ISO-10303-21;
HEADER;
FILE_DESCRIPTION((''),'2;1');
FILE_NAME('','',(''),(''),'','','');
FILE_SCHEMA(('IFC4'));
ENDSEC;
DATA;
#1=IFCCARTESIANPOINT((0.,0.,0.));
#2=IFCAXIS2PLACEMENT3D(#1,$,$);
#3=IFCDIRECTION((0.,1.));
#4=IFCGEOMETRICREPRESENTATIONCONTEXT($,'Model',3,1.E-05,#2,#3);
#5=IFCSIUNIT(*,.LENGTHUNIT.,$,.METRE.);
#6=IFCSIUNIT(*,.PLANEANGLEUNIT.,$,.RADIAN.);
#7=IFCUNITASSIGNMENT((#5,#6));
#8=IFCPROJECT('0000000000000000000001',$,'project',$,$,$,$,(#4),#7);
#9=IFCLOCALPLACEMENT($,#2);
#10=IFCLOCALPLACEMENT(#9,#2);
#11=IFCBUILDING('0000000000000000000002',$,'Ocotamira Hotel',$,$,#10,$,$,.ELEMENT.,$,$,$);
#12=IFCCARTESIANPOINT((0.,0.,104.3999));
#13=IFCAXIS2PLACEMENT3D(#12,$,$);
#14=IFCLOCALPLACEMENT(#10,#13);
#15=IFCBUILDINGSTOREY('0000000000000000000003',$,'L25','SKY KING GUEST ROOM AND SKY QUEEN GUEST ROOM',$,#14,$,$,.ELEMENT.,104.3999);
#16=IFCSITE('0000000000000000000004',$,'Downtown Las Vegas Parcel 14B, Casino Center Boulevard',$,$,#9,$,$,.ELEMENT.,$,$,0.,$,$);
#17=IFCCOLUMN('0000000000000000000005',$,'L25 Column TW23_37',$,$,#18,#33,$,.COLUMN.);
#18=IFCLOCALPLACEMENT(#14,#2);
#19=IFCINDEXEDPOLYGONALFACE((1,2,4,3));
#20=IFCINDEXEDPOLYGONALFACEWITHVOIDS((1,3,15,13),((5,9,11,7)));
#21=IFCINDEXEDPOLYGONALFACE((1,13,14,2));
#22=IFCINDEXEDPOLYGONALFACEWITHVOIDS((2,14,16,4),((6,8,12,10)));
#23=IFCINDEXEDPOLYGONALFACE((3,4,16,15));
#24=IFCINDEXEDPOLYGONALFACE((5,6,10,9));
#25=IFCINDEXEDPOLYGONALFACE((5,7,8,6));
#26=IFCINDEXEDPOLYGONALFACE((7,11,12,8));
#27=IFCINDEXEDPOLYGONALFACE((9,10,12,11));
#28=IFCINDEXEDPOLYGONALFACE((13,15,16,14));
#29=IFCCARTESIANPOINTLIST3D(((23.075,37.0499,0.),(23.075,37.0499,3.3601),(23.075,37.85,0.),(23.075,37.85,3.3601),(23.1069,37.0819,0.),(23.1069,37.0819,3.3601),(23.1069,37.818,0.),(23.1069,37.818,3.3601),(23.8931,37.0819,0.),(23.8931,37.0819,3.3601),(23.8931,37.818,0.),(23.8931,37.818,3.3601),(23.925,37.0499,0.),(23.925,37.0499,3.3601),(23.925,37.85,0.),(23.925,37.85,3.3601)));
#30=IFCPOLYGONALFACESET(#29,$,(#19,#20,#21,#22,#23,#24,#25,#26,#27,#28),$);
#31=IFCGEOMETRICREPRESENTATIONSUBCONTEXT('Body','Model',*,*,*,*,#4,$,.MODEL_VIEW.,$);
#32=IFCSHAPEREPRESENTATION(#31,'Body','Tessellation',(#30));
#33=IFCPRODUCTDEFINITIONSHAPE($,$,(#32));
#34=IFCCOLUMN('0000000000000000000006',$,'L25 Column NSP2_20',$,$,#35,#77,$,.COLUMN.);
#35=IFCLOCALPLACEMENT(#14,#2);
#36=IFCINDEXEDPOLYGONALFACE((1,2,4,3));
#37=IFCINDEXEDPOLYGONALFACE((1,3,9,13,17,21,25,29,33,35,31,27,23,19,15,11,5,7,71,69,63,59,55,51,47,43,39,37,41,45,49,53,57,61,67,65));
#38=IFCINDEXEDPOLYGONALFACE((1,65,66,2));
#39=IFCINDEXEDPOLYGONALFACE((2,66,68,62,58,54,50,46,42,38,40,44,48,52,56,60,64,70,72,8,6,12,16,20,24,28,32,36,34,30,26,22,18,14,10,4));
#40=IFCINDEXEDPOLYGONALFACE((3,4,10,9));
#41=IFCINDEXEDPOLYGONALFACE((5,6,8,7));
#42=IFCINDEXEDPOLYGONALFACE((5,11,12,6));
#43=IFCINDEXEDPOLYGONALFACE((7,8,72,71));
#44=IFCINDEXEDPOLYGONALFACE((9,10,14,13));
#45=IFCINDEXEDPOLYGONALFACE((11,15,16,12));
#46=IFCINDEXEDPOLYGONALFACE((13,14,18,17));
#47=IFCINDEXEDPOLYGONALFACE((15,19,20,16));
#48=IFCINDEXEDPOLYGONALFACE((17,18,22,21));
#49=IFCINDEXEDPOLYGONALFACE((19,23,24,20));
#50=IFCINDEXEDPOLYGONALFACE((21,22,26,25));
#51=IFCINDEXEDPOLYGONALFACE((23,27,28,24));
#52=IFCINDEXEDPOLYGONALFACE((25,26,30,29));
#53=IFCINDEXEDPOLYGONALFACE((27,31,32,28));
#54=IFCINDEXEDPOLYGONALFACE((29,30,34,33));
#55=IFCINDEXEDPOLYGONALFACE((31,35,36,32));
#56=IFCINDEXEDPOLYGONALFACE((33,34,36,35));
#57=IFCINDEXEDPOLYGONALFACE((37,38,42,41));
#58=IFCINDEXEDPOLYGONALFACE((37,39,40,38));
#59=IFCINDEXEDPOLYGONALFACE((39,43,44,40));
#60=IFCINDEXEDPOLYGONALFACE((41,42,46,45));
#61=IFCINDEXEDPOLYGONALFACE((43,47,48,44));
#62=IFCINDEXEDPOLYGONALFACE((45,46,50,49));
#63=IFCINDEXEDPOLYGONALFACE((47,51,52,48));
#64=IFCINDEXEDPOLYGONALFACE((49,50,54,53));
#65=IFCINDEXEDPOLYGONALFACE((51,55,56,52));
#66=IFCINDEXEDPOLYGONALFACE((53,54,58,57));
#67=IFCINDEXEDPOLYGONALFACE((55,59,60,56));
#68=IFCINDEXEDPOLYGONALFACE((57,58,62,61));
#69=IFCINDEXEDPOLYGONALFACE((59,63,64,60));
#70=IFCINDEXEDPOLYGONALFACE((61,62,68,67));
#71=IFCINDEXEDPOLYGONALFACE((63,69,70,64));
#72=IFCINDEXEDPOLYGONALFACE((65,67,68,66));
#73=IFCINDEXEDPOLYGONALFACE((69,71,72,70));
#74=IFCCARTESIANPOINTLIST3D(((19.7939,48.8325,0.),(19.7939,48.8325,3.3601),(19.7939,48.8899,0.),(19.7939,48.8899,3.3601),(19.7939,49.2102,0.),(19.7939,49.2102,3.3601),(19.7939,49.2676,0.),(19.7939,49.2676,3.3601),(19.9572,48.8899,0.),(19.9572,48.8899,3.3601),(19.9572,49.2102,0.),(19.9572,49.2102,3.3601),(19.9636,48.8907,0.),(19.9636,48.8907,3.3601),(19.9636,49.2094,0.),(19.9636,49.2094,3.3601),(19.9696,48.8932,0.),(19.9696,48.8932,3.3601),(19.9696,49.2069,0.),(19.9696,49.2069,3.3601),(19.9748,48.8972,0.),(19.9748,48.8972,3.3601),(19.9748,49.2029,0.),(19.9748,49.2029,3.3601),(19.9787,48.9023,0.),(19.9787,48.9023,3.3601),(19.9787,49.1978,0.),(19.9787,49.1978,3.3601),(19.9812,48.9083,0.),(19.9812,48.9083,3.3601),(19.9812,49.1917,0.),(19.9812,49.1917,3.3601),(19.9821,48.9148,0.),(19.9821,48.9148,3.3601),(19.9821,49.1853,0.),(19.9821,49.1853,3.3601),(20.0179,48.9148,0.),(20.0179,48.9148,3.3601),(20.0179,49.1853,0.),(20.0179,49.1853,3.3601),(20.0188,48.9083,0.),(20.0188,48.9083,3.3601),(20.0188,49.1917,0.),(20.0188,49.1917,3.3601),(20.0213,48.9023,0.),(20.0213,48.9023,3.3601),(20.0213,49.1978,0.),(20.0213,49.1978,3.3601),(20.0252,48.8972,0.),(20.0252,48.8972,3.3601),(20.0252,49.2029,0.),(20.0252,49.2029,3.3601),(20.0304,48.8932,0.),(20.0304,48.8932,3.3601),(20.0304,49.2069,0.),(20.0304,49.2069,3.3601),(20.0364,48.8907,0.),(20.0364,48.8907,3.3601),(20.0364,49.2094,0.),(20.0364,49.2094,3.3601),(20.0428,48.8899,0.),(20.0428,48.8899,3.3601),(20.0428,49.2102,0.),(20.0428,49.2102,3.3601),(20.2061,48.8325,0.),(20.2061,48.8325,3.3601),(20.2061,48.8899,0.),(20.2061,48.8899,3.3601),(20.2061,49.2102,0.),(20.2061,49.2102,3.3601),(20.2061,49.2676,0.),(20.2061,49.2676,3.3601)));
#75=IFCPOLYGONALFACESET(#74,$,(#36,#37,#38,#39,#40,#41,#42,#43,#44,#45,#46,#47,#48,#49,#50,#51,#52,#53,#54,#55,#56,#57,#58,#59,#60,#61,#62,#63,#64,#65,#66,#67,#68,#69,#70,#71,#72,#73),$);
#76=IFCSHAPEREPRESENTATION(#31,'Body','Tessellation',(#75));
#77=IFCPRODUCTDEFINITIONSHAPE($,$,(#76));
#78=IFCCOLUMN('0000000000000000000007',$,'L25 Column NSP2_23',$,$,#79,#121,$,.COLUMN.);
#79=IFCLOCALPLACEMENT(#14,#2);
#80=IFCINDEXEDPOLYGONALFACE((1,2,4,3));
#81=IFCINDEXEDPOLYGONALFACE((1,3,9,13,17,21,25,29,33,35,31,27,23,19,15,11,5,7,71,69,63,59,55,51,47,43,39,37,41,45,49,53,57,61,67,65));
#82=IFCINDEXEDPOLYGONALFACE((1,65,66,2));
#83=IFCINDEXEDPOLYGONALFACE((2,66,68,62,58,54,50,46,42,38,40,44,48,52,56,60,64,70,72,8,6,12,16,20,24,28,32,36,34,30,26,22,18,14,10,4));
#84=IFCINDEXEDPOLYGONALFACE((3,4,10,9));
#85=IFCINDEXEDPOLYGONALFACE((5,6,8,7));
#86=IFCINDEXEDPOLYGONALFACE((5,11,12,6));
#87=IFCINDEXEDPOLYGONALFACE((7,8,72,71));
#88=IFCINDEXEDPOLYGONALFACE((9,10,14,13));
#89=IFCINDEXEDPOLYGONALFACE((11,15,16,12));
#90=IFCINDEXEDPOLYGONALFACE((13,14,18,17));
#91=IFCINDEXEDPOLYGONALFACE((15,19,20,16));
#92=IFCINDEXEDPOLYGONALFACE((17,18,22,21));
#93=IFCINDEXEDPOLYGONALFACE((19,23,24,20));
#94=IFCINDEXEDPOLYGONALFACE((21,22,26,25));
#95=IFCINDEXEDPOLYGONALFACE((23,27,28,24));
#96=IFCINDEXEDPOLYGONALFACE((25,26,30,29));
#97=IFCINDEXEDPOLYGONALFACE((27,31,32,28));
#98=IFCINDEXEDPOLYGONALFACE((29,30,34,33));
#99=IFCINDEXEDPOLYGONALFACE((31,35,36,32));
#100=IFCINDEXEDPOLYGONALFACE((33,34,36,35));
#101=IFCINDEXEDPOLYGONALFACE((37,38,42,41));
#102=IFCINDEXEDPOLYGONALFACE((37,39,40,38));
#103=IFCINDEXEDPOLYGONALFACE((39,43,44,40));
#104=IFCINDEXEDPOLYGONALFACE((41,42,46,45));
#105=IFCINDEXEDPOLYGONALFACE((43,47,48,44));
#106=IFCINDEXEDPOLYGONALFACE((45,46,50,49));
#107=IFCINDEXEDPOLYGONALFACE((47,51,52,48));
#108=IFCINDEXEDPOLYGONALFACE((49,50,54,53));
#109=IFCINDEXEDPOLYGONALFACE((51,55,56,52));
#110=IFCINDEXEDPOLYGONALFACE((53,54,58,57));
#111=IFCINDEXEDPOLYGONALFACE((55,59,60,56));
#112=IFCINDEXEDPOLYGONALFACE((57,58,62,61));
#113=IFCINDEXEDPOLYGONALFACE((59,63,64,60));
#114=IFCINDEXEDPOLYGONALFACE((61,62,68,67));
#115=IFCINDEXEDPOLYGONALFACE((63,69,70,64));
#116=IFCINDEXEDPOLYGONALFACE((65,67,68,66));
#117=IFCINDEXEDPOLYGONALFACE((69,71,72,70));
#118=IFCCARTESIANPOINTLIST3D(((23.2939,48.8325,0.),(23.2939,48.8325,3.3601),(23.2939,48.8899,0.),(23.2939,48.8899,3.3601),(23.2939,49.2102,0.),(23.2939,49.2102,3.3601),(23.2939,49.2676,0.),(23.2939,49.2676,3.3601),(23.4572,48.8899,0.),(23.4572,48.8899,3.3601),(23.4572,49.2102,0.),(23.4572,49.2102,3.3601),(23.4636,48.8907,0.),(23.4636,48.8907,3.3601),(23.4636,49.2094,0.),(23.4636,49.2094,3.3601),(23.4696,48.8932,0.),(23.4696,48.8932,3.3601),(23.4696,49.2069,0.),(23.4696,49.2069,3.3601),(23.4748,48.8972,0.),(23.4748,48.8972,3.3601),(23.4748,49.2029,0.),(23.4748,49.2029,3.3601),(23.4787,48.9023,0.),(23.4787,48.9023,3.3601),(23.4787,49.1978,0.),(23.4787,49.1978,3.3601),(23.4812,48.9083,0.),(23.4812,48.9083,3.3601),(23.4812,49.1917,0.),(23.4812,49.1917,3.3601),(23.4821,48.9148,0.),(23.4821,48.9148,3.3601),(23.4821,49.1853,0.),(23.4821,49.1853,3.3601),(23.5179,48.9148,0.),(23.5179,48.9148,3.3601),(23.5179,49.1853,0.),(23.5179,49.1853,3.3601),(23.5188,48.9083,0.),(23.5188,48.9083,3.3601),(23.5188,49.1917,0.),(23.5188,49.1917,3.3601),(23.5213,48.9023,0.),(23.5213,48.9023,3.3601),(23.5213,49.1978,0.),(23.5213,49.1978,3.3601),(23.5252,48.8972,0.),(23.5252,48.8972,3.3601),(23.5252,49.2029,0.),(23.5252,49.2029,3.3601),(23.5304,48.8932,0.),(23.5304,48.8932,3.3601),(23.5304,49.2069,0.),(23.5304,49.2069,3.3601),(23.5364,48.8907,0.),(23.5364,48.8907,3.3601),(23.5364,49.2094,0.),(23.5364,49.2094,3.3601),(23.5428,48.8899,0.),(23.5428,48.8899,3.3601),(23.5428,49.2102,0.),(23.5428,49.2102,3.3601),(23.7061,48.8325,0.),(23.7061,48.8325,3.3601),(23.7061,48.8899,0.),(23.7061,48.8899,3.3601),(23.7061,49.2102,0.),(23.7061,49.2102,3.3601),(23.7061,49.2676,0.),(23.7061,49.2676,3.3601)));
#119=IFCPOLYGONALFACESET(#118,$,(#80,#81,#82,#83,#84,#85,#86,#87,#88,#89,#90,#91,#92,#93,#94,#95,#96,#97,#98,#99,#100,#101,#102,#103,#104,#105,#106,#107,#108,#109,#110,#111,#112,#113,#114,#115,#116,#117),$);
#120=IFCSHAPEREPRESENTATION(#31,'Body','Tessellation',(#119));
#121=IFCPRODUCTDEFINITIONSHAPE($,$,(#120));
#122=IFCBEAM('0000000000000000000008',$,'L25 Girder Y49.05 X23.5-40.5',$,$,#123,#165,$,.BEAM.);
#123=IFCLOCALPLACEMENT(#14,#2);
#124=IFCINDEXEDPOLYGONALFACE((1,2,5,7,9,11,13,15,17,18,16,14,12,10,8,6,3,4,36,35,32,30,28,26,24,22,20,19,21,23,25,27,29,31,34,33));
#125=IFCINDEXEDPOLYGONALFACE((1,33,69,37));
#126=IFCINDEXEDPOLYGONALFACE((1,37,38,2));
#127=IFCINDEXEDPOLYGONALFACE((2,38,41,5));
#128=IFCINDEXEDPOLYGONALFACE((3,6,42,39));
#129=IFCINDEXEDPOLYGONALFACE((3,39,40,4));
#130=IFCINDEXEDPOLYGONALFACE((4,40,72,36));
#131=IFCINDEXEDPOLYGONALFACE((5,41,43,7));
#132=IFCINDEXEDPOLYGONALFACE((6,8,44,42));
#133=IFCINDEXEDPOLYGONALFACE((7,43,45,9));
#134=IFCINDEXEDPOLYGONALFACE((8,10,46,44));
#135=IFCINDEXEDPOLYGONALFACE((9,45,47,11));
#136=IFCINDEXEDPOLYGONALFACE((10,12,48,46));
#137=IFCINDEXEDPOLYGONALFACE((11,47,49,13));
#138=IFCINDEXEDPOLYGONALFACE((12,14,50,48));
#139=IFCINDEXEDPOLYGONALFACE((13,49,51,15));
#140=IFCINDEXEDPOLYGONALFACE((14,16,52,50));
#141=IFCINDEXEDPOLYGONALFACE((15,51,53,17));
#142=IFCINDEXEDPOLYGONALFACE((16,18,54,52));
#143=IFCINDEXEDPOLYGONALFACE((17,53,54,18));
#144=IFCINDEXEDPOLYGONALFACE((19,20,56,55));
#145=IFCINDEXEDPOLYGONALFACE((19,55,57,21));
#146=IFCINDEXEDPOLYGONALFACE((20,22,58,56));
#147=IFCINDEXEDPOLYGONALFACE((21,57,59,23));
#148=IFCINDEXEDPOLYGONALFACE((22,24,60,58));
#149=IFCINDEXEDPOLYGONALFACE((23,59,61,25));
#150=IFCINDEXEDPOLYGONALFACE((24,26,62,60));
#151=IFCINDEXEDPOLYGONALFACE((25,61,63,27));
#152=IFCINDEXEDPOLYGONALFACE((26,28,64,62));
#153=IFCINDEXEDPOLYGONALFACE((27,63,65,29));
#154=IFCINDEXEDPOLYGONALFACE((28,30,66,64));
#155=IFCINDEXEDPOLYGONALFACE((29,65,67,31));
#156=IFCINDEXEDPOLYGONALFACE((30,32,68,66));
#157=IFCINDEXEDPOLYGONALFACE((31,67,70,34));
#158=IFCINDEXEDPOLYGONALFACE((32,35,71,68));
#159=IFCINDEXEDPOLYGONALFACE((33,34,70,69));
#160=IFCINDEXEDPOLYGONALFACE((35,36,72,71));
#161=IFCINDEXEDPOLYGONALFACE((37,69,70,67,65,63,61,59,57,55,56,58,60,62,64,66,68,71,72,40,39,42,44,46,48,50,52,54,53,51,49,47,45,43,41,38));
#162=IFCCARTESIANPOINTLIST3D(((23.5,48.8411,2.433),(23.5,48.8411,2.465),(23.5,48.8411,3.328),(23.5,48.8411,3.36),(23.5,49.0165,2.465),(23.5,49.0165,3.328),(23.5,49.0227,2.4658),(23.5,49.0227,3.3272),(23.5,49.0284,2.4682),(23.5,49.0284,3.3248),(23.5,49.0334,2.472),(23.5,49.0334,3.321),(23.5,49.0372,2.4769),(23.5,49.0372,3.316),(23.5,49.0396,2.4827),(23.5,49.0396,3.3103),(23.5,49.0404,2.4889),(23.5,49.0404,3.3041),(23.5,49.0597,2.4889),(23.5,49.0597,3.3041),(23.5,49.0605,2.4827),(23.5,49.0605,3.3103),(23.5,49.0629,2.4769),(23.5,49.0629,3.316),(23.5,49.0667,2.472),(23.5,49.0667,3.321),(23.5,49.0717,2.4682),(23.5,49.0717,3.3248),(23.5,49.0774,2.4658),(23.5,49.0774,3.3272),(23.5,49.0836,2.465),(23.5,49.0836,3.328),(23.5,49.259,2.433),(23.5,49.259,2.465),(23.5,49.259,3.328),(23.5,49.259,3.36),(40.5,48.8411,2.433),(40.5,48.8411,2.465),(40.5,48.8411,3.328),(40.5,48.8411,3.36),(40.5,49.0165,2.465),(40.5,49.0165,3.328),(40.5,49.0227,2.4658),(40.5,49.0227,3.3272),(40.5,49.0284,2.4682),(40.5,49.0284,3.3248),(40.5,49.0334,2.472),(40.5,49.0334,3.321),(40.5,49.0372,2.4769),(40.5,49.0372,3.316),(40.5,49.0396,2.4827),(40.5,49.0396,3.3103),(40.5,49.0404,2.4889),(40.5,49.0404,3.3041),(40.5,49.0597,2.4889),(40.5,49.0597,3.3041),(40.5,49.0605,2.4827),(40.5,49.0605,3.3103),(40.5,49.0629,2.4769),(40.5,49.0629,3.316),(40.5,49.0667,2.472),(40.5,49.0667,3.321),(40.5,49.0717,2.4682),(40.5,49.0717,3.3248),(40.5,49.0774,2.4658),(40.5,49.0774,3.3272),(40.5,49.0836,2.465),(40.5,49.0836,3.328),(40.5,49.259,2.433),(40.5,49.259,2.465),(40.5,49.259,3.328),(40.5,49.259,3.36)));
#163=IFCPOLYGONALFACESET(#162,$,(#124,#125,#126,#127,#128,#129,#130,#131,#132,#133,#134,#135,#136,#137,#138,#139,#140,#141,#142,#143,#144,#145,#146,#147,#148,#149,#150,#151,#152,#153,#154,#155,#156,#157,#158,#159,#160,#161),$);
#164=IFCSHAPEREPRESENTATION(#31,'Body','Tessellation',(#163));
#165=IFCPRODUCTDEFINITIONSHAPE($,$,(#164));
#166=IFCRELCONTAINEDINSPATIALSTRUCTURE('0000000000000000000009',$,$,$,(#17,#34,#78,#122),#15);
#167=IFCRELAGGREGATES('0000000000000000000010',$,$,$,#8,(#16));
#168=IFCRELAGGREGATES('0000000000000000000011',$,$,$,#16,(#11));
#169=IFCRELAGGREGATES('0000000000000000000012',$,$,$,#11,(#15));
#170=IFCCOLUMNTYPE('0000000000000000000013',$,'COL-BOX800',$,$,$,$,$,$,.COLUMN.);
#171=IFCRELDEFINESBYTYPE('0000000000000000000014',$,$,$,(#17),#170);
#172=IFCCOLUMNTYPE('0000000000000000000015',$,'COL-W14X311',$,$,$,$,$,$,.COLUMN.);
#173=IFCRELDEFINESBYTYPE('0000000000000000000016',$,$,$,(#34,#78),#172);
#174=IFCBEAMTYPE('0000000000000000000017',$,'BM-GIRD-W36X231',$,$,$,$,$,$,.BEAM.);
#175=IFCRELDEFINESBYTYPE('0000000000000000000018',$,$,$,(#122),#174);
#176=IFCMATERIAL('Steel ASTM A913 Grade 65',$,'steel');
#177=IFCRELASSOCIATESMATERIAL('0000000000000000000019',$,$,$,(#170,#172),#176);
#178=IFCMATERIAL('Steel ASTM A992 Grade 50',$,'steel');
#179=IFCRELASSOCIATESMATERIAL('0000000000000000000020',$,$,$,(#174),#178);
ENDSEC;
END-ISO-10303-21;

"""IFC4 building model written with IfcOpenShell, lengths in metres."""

from ifc_helpers import new_model, si_unit, direction, frame, origin, origin_2d, place, context, subcontext, project, spatial, hollow_rectangle, i_section, extrude, source, transform, mapped, material, material_profile, profile_set, type_object, element, save


model = new_model("IFC4")

# Units and contexts
model_context = context("Model", 3, precision=1e-05, world=origin(), true_north=direction((0.0, 1.0)))
body_context = subcontext(model_context, "Body", "Model", "MODEL_VIEW")
ifc_project = project(units=[si_unit("LENGTHUNIT", "METRE"), si_unit("PLANEANGLEUNIT", "RADIAN")], contexts=[model_context])

# Site, building, storey
site_placement = place(None, origin())
site = spatial("IfcSite", under=ifc_project, at=site_placement, Name="Downtown Las Vegas Parcel 14B, Casino Center Boulevard", CompositionType="ELEMENT", RefElevation=0.0)
building_placement = place(site_placement, origin())
building = spatial("IfcBuilding", under=site, at=building_placement, Name="Ocotamira Hotel", CompositionType="ELEMENT")
storey_placement = place(building_placement, frame((0.0, 0.0, 104.3999)))
storey = spatial("IfcBuildingStorey", under=building, at=storey_placement, Name="L25", Description="SKY KING GUEST ROOM AND SKY QUEEN GUEST ROOM", CompositionType="ELEMENT", Elevation=104.3999)

# Columns
ifc_material_1 = material(Name="Steel ASTM A913 Grade 65", Category="steel")
ifc_material_profile_1 = material_profile(ifc_material_1, hollow_rectangle(XDim=0.8501, YDim=0.8, WallThickness=0.032, at=origin_2d()), Name="BOX800X850X32")
ifc_profile_set_1 = profile_set([ifc_material_profile_1], Name="Steel ASTM A913 Grade 65")
column_type_1 = type_object("IfcColumnType", Name="COL-BOX800", PredefinedType="COLUMN", material=ifc_profile_set_1)
shared_shape_1 = source(origin(), body_context, "Body", "SweptSolid", [
    extrude(hollow_rectangle(XDim=0.8501, YDim=0.8, WallThickness=0.032, at=origin_2d()), origin(), (0.0, 0.0, 1.0), 3.3601),
])
column_placement = place(storey_placement, frame((23.5, 37.45, 0.0), z_axis=(0.0, 0.0, 1.0), x_axis=(1.0, 0.0, 0.0)))
element("IfcColumn", 1, at=column_placement, inside=storey, type_object=column_type_1, Name="L25 Column TW23_37", PredefinedType="COLUMN", context=body_context, shape_type="MappedRepresentation", body=[
    mapped(shared_shape_1, transform((0.0, 0.0, 0.0), scale=1.0)),
])
ifc_material_profile_2 = material_profile(ifc_material_1, i_section(OverallWidth=0.4121, OverallDepth=0.4351, WebThickness=0.0359, FlangeThickness=0.0574, FilletRadius=0.0249, at=origin_2d()), Name="W14X311")
ifc_profile_set_2 = profile_set([ifc_material_profile_2], Name="Steel ASTM A913 Grade 65")
column_type_2 = type_object("IfcColumnType", Name="COL-W14X311", PredefinedType="COLUMN", material=ifc_profile_set_2)
shared_shape_2 = source(origin(), body_context, "Body", "SweptSolid", [
    extrude(i_section(OverallWidth=0.4121, OverallDepth=0.4351, WebThickness=0.0359, FlangeThickness=0.0574, FilletRadius=0.0249, at=origin_2d()), origin(), (0.0, 0.0, 1.0), 3.3601),
])
for number, where, z_axis, x_axis, name in (
    (2, (20.0, 49.05, 0.0), (0.0, 0.0, 1.0), (1.0, 0.0, 0.0), "L25 Column NSP2_20"),
    (3, (23.5, 49.05, 0.0), (0.0, 0.0, 1.0), (1.0, 0.0, 0.0), "L25 Column NSP2_23"),
):
    element("IfcColumn", number, at=place(storey_placement, frame(where, z_axis=z_axis, x_axis=x_axis)), inside=storey, type_object=column_type_2, Name=name, PredefinedType="COLUMN", context=body_context, shape_type="MappedRepresentation", body=[
        mapped(shared_shape_2, transform((0.0, 0.0, 0.0), scale=1.0)),
    ])

# Beam
ifc_material_2 = material(Name="Steel ASTM A992 Grade 50", Category="steel")
ifc_material_profile_3 = material_profile(ifc_material_2, i_section(OverallWidth=0.418, OverallDepth=0.927, WebThickness=0.0193, FlangeThickness=0.032, FilletRadius=0.0239, at=origin_2d()), Name="W36X231")
ifc_profile_set_3 = profile_set([ifc_material_profile_3], Name="Steel ASTM A992 Grade 50")
beam_type_1 = type_object("IfcBeamType", Name="BM-GIRD-W36X231", PredefinedType="BEAM", material=ifc_profile_set_3)
shared_shape_3 = source(origin(), body_context, "Body", "SweptSolid", [
    extrude(i_section(OverallWidth=0.418, OverallDepth=0.927, WebThickness=0.0193, FlangeThickness=0.032, FilletRadius=0.0239, at=origin_2d()), origin(), (0.0, 0.0, 1.0), 17.0),
])
beam_1_placement = place(storey_placement, frame((23.5, 49.05, 2.8965), z_axis=(1.0, 0.0, 0.0), x_axis=(0.0, 1.0, 0.0)))
element("IfcBeam", 4, at=beam_1_placement, inside=storey, type_object=beam_type_1, Name="L25 Girder Y49.05 X23.5-40.5", PredefinedType="BEAM", context=body_context, shape_type="MappedRepresentation", body=[
    mapped(shared_shape_3, transform((0.0, 0.0, 0.0), scale=1.0)),
])

save(model, "model.ifc")
